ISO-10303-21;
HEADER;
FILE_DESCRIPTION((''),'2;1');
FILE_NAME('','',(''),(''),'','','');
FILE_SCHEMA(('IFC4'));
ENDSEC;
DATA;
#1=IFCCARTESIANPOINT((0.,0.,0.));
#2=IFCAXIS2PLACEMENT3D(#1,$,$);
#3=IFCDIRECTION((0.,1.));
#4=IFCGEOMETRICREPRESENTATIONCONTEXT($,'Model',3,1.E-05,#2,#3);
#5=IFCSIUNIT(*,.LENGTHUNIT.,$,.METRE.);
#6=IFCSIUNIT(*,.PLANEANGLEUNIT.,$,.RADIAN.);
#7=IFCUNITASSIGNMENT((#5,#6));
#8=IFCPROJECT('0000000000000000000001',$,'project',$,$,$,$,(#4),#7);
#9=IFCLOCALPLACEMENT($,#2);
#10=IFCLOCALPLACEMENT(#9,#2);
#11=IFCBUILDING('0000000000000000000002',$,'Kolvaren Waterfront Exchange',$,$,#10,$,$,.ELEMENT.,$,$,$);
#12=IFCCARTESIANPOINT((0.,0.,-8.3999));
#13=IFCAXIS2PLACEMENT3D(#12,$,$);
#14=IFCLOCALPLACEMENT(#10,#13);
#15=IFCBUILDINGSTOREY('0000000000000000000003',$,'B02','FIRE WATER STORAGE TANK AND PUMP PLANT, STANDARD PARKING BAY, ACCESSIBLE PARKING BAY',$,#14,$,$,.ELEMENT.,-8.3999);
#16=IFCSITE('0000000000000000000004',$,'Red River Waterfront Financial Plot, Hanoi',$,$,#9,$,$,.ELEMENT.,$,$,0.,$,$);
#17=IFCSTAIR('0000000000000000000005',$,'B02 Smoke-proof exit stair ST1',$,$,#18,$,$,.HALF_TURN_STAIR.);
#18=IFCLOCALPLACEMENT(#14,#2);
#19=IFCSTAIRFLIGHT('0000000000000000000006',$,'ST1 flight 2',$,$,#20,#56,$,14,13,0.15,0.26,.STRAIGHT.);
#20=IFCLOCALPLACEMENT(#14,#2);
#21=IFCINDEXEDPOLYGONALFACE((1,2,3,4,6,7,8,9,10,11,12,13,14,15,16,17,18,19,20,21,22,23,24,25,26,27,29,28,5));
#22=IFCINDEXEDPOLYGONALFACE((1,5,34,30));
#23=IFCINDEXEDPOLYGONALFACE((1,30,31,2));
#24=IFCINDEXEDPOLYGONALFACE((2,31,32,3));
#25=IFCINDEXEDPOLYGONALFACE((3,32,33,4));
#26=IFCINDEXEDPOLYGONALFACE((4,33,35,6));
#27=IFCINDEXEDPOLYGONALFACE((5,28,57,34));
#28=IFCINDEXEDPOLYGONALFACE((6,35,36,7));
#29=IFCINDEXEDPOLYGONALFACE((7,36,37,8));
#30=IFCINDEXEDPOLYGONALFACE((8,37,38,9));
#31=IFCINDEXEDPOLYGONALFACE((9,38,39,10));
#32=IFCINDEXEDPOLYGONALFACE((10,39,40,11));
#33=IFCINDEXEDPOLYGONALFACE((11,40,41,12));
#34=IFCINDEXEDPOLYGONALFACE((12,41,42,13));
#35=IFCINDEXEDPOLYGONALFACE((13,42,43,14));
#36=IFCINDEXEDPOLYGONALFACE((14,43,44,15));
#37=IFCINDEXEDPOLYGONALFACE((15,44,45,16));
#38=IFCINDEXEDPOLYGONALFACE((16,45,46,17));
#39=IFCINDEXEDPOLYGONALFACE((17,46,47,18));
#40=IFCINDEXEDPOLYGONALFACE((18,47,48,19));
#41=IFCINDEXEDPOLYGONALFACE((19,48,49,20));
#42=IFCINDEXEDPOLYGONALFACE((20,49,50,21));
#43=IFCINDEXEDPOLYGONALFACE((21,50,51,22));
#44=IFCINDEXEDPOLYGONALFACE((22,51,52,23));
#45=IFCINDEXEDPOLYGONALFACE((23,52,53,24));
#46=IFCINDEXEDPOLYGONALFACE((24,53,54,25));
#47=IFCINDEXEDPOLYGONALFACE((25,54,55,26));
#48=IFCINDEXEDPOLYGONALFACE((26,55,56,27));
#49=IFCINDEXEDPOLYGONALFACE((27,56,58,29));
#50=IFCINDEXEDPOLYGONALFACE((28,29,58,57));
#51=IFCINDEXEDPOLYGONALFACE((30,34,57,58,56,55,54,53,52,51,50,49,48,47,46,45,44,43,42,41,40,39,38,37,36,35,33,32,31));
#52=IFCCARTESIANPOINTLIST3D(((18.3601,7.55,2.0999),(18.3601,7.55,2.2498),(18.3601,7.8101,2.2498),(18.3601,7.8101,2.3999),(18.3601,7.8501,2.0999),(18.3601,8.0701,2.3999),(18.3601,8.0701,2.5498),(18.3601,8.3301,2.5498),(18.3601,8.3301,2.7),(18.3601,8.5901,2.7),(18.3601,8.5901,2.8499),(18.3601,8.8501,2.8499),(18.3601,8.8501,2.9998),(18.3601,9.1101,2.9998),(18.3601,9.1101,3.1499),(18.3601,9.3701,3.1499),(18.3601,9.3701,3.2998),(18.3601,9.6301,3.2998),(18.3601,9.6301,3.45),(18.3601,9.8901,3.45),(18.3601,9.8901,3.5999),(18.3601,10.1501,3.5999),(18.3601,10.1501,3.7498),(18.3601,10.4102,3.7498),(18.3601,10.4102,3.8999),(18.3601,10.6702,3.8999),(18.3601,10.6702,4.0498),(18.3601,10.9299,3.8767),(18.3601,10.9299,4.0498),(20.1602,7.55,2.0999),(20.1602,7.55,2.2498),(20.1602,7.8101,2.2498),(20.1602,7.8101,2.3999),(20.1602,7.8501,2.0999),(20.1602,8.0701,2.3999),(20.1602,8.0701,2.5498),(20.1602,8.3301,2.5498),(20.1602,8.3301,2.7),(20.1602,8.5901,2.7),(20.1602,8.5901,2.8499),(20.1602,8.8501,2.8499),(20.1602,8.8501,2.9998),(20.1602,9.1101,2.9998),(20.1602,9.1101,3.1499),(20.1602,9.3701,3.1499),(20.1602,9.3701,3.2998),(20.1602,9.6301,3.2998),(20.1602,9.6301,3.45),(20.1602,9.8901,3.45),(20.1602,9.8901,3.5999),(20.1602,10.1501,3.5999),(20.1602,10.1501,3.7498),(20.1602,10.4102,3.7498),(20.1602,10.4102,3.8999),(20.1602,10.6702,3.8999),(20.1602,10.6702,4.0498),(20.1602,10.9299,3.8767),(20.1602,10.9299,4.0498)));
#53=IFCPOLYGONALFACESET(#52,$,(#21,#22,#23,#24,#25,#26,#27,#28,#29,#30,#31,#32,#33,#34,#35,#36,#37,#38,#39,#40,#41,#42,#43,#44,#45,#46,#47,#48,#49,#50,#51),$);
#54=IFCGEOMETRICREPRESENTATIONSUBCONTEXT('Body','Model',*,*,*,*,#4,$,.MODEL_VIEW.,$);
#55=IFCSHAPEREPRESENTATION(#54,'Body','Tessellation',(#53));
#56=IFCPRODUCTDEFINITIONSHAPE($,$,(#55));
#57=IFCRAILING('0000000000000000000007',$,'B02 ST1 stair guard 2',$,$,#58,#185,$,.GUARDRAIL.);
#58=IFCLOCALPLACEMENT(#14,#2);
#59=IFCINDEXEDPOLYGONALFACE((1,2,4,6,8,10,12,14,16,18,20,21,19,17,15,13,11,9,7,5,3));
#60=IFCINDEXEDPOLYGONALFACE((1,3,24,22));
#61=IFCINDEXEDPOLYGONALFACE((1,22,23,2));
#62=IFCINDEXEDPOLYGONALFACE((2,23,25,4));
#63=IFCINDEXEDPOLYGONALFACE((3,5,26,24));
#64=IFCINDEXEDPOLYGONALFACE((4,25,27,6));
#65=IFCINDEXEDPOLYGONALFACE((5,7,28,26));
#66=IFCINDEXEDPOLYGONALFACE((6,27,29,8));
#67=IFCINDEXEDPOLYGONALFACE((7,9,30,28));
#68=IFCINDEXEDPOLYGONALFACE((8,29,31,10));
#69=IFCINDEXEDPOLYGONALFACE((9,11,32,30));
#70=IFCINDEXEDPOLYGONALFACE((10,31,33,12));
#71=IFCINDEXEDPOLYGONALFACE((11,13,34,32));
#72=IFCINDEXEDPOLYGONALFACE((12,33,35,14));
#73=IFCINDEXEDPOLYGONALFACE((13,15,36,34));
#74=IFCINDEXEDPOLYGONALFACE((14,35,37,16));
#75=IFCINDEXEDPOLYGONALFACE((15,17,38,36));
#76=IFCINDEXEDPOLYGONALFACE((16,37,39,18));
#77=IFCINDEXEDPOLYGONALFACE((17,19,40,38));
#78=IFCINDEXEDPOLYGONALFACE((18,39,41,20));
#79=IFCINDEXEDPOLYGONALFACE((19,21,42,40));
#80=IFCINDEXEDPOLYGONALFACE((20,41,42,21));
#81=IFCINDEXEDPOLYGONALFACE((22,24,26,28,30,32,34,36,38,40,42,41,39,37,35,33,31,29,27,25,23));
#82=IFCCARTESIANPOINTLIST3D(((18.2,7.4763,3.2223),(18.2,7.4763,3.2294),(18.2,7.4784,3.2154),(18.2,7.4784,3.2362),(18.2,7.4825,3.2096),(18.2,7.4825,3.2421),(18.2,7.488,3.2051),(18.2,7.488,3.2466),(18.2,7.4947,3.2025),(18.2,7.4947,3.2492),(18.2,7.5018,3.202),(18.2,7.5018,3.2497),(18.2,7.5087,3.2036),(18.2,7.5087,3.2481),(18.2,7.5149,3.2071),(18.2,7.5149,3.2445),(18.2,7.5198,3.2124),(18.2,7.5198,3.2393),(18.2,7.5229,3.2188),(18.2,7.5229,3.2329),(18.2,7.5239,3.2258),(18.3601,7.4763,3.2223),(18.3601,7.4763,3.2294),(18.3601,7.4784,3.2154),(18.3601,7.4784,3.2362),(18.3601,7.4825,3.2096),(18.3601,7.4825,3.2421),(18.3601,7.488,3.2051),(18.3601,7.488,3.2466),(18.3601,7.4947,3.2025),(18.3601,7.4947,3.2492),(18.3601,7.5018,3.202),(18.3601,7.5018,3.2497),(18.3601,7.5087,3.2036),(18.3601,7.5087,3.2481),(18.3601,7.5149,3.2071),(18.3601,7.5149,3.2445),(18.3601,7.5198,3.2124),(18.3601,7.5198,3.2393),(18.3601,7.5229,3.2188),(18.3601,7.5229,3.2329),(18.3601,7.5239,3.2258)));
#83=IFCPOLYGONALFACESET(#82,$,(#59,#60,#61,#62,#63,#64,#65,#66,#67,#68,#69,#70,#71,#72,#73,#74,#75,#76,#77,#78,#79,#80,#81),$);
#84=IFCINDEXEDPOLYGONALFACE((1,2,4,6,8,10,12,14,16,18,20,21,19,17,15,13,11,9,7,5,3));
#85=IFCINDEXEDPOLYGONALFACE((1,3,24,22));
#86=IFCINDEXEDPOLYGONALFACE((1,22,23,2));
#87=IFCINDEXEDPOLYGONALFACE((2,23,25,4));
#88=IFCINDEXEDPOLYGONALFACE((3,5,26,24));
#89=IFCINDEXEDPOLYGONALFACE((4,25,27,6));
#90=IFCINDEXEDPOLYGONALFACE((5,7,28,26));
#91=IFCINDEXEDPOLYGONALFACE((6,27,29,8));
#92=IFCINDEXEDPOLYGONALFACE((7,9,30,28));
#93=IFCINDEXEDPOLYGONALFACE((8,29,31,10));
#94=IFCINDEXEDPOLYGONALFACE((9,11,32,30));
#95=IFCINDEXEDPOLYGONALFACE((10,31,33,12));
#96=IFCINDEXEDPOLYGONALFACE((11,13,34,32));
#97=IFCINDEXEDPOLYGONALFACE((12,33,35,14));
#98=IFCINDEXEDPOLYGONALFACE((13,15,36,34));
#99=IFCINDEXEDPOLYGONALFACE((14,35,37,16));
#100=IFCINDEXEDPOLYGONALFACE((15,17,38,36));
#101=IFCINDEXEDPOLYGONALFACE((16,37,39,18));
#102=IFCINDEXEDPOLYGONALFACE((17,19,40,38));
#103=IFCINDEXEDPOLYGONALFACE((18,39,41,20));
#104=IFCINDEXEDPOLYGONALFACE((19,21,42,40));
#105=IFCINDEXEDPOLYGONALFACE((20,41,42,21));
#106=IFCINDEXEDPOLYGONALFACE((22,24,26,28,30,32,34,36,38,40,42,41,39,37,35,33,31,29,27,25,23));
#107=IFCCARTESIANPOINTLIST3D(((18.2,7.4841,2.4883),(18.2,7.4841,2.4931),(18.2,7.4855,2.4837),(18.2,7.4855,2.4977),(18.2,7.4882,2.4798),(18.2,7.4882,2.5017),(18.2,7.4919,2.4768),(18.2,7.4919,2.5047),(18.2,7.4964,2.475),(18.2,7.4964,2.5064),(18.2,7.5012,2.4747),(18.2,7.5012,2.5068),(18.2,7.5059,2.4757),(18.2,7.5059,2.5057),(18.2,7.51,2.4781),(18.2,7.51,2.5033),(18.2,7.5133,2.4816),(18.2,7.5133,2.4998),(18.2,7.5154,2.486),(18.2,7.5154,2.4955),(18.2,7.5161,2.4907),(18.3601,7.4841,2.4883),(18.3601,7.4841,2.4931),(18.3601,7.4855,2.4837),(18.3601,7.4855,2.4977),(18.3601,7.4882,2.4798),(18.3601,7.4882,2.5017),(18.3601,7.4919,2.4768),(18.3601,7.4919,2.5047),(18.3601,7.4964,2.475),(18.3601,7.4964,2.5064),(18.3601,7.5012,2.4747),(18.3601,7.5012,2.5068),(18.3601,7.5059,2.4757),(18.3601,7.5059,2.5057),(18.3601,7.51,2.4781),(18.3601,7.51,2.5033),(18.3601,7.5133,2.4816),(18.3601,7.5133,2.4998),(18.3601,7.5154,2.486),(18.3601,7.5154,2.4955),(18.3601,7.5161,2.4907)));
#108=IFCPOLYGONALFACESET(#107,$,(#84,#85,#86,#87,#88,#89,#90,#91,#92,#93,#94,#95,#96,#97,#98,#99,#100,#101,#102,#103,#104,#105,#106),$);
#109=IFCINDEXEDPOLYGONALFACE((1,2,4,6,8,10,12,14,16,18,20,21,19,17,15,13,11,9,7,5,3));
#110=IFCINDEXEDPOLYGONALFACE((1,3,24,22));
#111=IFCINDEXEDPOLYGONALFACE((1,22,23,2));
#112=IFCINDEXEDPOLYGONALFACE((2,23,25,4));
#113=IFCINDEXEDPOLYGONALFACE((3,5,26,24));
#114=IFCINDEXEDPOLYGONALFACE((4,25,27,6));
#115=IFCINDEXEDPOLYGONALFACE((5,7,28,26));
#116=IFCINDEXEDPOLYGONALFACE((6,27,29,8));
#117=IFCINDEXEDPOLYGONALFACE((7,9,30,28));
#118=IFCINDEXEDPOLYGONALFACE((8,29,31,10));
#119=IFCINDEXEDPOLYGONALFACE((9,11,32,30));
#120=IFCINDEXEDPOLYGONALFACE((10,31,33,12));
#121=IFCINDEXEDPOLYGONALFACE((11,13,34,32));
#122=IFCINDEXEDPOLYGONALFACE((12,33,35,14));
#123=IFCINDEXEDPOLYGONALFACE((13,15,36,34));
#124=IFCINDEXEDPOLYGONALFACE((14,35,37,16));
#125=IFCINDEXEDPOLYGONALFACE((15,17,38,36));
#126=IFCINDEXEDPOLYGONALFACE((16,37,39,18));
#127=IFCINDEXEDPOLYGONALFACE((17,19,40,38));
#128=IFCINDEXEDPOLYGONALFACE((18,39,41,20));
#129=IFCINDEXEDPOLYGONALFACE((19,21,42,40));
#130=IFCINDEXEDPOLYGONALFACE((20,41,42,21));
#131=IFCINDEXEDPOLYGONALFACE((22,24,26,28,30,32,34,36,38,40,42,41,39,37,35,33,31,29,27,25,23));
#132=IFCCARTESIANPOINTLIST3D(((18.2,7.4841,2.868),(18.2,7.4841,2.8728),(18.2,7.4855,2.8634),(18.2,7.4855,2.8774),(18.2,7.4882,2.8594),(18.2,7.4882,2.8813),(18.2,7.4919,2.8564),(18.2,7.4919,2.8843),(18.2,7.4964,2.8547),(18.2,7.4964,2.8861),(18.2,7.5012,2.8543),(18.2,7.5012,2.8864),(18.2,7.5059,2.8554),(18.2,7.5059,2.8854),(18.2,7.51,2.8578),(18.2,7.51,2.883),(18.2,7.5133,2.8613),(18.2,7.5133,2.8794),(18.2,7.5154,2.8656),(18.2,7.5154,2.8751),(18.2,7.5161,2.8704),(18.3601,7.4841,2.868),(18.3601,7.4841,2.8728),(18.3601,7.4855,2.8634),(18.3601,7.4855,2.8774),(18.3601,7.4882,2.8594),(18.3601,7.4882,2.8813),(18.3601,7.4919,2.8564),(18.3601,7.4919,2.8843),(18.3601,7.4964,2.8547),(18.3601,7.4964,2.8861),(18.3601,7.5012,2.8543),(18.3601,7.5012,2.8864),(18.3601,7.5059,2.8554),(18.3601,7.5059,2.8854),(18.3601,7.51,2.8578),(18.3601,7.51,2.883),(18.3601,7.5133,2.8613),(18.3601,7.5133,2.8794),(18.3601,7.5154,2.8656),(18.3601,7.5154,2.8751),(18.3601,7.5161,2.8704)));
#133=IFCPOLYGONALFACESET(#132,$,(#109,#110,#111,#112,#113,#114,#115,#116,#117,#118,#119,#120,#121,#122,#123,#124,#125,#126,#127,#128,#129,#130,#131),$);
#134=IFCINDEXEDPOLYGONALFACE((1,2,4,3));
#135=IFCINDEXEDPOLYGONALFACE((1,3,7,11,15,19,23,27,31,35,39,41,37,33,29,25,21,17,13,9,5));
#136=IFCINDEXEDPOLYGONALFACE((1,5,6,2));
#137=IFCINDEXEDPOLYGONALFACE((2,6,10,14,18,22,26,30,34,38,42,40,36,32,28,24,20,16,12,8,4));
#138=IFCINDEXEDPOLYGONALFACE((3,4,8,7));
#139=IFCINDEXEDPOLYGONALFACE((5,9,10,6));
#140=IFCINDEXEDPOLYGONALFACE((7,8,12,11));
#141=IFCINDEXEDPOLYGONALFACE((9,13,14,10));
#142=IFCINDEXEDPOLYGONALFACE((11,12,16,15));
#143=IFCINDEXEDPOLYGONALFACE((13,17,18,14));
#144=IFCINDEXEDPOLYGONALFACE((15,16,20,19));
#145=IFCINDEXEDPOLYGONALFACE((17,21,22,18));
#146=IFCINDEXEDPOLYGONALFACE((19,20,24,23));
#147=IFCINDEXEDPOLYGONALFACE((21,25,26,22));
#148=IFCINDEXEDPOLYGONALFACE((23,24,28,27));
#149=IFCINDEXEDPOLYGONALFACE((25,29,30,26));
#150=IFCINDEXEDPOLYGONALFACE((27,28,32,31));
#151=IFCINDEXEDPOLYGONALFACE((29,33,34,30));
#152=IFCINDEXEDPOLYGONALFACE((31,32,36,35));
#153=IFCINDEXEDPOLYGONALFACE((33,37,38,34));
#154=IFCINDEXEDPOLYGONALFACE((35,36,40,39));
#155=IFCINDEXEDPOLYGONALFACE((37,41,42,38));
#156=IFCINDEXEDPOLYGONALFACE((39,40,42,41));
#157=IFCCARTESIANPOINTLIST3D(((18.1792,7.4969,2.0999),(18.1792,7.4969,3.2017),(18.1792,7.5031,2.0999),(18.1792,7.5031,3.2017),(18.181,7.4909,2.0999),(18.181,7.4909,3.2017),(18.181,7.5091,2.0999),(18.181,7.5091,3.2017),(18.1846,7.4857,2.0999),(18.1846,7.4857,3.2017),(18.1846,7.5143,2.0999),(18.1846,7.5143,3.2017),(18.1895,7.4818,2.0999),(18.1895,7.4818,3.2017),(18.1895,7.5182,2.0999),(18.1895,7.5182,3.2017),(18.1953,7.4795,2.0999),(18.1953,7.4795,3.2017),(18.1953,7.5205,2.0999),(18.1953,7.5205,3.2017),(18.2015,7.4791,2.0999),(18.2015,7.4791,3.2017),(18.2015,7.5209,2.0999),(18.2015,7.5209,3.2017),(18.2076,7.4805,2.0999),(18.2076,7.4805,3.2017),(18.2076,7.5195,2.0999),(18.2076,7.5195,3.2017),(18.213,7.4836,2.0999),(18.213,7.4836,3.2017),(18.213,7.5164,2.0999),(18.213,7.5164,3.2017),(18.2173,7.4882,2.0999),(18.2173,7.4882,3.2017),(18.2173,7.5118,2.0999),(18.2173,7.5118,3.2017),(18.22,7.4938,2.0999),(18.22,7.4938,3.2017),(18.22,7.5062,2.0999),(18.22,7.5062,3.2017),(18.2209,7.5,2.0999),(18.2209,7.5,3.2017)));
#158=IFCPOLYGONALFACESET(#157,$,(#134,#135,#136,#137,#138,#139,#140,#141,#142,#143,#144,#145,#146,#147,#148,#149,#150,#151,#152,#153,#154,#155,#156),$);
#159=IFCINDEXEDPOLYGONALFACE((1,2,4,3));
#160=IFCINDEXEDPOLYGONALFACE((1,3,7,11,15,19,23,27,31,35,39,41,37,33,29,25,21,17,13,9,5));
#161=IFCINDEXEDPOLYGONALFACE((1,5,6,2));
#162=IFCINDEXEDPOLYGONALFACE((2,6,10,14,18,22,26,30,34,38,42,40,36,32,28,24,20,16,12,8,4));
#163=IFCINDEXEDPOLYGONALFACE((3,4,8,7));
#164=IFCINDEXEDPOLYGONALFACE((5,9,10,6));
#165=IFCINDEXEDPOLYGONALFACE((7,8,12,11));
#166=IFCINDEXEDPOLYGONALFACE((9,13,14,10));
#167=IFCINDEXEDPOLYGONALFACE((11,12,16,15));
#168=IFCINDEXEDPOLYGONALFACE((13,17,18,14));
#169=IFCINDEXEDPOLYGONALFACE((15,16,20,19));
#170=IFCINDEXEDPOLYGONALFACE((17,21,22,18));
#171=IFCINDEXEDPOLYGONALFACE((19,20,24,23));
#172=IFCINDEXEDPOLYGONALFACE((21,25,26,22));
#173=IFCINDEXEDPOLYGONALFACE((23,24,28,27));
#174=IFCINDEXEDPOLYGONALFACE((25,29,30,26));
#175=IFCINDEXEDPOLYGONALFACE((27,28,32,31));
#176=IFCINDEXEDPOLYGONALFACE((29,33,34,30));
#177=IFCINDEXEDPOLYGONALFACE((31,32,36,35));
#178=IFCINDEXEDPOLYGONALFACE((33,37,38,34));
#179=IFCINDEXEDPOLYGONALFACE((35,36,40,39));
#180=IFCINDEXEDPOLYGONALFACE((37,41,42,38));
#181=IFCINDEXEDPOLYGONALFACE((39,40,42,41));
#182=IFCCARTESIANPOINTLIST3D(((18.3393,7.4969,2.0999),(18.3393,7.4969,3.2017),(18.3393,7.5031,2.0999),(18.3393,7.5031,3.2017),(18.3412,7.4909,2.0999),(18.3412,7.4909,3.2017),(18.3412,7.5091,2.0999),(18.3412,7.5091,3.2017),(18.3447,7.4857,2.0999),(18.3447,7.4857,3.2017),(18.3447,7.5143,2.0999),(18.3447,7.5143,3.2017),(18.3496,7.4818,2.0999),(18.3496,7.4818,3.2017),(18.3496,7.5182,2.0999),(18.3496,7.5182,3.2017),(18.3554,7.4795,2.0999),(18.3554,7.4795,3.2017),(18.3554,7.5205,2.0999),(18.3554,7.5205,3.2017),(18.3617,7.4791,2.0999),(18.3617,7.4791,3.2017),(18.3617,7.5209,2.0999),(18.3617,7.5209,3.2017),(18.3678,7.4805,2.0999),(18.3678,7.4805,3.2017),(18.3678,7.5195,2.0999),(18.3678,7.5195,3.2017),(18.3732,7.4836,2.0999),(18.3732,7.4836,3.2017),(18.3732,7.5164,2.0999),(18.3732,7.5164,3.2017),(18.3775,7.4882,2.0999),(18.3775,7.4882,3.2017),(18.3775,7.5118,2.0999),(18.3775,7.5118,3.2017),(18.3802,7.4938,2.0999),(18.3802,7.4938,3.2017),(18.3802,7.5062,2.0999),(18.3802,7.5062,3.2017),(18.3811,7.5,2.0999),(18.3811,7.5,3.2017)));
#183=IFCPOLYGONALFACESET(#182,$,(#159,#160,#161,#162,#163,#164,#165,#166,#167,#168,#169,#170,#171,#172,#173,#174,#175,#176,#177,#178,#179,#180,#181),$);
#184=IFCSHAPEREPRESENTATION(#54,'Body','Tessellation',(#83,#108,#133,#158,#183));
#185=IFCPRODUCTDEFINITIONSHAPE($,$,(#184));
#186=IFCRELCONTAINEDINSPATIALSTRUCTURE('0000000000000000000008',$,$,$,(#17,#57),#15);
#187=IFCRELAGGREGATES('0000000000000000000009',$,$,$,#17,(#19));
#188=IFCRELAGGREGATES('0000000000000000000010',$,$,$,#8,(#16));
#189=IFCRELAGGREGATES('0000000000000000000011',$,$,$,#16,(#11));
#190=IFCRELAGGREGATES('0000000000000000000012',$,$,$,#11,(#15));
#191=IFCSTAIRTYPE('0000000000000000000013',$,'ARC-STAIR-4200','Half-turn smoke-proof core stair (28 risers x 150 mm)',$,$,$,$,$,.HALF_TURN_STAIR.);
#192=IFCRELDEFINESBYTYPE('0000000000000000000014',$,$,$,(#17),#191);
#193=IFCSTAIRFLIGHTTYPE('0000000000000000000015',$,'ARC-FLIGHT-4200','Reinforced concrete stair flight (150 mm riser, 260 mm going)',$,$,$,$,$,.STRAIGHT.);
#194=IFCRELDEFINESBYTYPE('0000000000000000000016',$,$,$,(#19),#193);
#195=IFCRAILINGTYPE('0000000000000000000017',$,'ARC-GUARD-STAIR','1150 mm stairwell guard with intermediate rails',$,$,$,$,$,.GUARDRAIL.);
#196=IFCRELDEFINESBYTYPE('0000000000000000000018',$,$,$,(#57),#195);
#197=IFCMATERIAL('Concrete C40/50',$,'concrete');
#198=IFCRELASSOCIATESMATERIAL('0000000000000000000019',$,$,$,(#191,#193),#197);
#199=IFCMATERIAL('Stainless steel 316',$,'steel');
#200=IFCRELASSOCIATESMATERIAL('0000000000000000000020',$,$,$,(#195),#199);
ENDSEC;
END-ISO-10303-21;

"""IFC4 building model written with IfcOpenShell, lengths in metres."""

from ifc_helpers import new_model, si_unit, direction, frame, origin, origin_2d, place, context, subcontext, project, spatial, polyline, circle, outline, extrude, material, type_object, element, aggregate, save


model = new_model("IFC4")

# Units and contexts
model_context = context("Model", 3, precision=1e-05, world=origin(), true_north=direction((0.0, 1.0)))
body_context = subcontext(model_context, "Body", "Model", "MODEL_VIEW")
ifc_project = project(units=[si_unit("LENGTHUNIT", "METRE"), si_unit("PLANEANGLEUNIT", "RADIAN")], contexts=[model_context])

# Site, building, storey
site_placement = place(None, origin())
site = spatial("IfcSite", under=ifc_project, at=site_placement, Name="Red River Waterfront Financial Plot, Hanoi", CompositionType="ELEMENT", RefElevation=0.0)
building_placement = place(site_placement, origin())
building = spatial("IfcBuilding", under=site, at=building_placement, Name="Kolvaren Waterfront Exchange", CompositionType="ELEMENT")
storey_placement = place(building_placement, frame((0.0, 0.0, -8.3999)))
storey = spatial("IfcBuildingStorey", under=building, at=storey_placement, Name="B02", Description="FIRE WATER STORAGE TANK AND PUMP PLANT, STANDARD PARKING BAY, ACCESSIBLE PARKING BAY", CompositionType="ELEMENT", Elevation=-8.3999)

# Shared definitions
ifc_material_1 = material(Name="Concrete C40/50", Category="concrete")

# Stair, stair flight
stair_type = type_object("IfcStairType", Name="ARC-STAIR-4200", Description="Half-turn smoke-proof core stair (28 risers x 150 mm)", PredefinedType="HALF_TURN_STAIR", material=ifc_material_1)
stair_placement = place(storey_placement, origin())
stair = element("IfcStair", 1, at=stair_placement, inside=storey, type_object=stair_type, Name="B02 Smoke-proof exit stair ST1", PredefinedType="HALF_TURN_STAIR")
stair_flight_type = type_object("IfcStairFlightType", Name="ARC-FLIGHT-4200", Description="Reinforced concrete stair flight (150 mm riser, 260 mm going)", PredefinedType="STRAIGHT", material=ifc_material_1)
stair_flight_placement = place(storey_placement, frame((19.26, 7.55, 2.0999), z_axis=(0.0, 0.0, 1.0), x_axis=(0.0, 1.0, 0.0)))
stair_flight = element("IfcStairFlight", 2, at=stair_flight_placement, type_object=stair_flight_type, Name="ST1 flight 2", NumberOfRisers=14, NumberOfTreads=13, PredefinedType="STRAIGHT", RiserHeight=0.15, TreadLength=0.26, context=body_context, shape_type="SweptSolid", body=[
    extrude(outline(polyline([(0.0, 0.0), (0.0, 0.1499), (0.26, 0.1499), (0.26, 0.3), (0.52, 0.3), (0.52, 0.45), (0.78, 0.45), (0.78, 0.6001), (1.04, 0.6001), (1.04, 0.75), (1.3, 0.75), (1.3, 0.8999), (1.5601, 0.8999), (1.5601, 1.05), (1.8201, 1.05), (1.8201, 1.2), (2.0801, 1.2), (2.0801, 1.3501), (2.3401, 1.3501), (2.3401, 1.5), (2.6001, 1.5), (2.6001, 1.6499), (2.8601, 1.6499), (2.8601, 1.8), (3.1201, 1.8), (3.1201, 1.95), (3.3799, 1.95), (3.3799, 2.1001), (3.3799, 1.7769), (0.3, 0.0), (0.0, 0.0)])), frame((0.0, 0.8999, 0.0), z_axis=(0.0, -1.0, 0.0), x_axis=(1.0, 0.0, 0.0)), (0.0, 0.0, 1.0), 1.8),
])
aggregate(stair, [stair_flight])

# Railing
ifc_material_2 = material(Name="Stainless steel 316", Category="steel")
railing_type_1 = type_object("IfcRailingType", Name="ARC-GUARD-STAIR", Description="1150 mm stairwell guard with intermediate rails", PredefinedType="GUARDRAIL", material=ifc_material_2)
railing_1_placement = place(storey_placement, frame((18.2, 7.5, 2.0999)))
element("IfcRailing", 3, at=railing_1_placement, inside=storey, type_object=railing_type_1, Name="B02 ST1 stair guard 2", PredefinedType="GUARDRAIL", context=body_context, shape_type="SweptSolid", body=[
    extrude(circle(Radius=0.0239, at=origin_2d()), frame((0.0, 0.0, 1.126), z_axis=(1.0, 0.0, 0.0), x_axis=(0.0, 1.0, 0.0)), (0.0, 0.0, 1.0), 0.1602),
    extrude(circle(Radius=0.0161, at=origin_2d()), frame((0.0, 0.0, 0.3909), z_axis=(1.0, 0.0, 0.0), x_axis=(0.0, 1.0, 0.0)), (0.0, 0.0, 1.0), 0.1602),
    extrude(circle(Radius=0.0161, at=origin_2d()), frame((0.0, 0.0, 0.7705), z_axis=(1.0, 0.0, 0.0), x_axis=(0.0, 1.0, 0.0)), (0.0, 0.0, 1.0), 0.1602),
    extrude(circle(Radius=0.021, at=origin_2d()), origin(), (0.0, 0.0, 1.0), 1.1018),
    extrude(circle(Radius=0.021, at=origin_2d()), frame((0.1602, 0.0, 0.0)), (0.0, 0.0, 1.0), 1.1018),
])

save(model, "model.ifc")
